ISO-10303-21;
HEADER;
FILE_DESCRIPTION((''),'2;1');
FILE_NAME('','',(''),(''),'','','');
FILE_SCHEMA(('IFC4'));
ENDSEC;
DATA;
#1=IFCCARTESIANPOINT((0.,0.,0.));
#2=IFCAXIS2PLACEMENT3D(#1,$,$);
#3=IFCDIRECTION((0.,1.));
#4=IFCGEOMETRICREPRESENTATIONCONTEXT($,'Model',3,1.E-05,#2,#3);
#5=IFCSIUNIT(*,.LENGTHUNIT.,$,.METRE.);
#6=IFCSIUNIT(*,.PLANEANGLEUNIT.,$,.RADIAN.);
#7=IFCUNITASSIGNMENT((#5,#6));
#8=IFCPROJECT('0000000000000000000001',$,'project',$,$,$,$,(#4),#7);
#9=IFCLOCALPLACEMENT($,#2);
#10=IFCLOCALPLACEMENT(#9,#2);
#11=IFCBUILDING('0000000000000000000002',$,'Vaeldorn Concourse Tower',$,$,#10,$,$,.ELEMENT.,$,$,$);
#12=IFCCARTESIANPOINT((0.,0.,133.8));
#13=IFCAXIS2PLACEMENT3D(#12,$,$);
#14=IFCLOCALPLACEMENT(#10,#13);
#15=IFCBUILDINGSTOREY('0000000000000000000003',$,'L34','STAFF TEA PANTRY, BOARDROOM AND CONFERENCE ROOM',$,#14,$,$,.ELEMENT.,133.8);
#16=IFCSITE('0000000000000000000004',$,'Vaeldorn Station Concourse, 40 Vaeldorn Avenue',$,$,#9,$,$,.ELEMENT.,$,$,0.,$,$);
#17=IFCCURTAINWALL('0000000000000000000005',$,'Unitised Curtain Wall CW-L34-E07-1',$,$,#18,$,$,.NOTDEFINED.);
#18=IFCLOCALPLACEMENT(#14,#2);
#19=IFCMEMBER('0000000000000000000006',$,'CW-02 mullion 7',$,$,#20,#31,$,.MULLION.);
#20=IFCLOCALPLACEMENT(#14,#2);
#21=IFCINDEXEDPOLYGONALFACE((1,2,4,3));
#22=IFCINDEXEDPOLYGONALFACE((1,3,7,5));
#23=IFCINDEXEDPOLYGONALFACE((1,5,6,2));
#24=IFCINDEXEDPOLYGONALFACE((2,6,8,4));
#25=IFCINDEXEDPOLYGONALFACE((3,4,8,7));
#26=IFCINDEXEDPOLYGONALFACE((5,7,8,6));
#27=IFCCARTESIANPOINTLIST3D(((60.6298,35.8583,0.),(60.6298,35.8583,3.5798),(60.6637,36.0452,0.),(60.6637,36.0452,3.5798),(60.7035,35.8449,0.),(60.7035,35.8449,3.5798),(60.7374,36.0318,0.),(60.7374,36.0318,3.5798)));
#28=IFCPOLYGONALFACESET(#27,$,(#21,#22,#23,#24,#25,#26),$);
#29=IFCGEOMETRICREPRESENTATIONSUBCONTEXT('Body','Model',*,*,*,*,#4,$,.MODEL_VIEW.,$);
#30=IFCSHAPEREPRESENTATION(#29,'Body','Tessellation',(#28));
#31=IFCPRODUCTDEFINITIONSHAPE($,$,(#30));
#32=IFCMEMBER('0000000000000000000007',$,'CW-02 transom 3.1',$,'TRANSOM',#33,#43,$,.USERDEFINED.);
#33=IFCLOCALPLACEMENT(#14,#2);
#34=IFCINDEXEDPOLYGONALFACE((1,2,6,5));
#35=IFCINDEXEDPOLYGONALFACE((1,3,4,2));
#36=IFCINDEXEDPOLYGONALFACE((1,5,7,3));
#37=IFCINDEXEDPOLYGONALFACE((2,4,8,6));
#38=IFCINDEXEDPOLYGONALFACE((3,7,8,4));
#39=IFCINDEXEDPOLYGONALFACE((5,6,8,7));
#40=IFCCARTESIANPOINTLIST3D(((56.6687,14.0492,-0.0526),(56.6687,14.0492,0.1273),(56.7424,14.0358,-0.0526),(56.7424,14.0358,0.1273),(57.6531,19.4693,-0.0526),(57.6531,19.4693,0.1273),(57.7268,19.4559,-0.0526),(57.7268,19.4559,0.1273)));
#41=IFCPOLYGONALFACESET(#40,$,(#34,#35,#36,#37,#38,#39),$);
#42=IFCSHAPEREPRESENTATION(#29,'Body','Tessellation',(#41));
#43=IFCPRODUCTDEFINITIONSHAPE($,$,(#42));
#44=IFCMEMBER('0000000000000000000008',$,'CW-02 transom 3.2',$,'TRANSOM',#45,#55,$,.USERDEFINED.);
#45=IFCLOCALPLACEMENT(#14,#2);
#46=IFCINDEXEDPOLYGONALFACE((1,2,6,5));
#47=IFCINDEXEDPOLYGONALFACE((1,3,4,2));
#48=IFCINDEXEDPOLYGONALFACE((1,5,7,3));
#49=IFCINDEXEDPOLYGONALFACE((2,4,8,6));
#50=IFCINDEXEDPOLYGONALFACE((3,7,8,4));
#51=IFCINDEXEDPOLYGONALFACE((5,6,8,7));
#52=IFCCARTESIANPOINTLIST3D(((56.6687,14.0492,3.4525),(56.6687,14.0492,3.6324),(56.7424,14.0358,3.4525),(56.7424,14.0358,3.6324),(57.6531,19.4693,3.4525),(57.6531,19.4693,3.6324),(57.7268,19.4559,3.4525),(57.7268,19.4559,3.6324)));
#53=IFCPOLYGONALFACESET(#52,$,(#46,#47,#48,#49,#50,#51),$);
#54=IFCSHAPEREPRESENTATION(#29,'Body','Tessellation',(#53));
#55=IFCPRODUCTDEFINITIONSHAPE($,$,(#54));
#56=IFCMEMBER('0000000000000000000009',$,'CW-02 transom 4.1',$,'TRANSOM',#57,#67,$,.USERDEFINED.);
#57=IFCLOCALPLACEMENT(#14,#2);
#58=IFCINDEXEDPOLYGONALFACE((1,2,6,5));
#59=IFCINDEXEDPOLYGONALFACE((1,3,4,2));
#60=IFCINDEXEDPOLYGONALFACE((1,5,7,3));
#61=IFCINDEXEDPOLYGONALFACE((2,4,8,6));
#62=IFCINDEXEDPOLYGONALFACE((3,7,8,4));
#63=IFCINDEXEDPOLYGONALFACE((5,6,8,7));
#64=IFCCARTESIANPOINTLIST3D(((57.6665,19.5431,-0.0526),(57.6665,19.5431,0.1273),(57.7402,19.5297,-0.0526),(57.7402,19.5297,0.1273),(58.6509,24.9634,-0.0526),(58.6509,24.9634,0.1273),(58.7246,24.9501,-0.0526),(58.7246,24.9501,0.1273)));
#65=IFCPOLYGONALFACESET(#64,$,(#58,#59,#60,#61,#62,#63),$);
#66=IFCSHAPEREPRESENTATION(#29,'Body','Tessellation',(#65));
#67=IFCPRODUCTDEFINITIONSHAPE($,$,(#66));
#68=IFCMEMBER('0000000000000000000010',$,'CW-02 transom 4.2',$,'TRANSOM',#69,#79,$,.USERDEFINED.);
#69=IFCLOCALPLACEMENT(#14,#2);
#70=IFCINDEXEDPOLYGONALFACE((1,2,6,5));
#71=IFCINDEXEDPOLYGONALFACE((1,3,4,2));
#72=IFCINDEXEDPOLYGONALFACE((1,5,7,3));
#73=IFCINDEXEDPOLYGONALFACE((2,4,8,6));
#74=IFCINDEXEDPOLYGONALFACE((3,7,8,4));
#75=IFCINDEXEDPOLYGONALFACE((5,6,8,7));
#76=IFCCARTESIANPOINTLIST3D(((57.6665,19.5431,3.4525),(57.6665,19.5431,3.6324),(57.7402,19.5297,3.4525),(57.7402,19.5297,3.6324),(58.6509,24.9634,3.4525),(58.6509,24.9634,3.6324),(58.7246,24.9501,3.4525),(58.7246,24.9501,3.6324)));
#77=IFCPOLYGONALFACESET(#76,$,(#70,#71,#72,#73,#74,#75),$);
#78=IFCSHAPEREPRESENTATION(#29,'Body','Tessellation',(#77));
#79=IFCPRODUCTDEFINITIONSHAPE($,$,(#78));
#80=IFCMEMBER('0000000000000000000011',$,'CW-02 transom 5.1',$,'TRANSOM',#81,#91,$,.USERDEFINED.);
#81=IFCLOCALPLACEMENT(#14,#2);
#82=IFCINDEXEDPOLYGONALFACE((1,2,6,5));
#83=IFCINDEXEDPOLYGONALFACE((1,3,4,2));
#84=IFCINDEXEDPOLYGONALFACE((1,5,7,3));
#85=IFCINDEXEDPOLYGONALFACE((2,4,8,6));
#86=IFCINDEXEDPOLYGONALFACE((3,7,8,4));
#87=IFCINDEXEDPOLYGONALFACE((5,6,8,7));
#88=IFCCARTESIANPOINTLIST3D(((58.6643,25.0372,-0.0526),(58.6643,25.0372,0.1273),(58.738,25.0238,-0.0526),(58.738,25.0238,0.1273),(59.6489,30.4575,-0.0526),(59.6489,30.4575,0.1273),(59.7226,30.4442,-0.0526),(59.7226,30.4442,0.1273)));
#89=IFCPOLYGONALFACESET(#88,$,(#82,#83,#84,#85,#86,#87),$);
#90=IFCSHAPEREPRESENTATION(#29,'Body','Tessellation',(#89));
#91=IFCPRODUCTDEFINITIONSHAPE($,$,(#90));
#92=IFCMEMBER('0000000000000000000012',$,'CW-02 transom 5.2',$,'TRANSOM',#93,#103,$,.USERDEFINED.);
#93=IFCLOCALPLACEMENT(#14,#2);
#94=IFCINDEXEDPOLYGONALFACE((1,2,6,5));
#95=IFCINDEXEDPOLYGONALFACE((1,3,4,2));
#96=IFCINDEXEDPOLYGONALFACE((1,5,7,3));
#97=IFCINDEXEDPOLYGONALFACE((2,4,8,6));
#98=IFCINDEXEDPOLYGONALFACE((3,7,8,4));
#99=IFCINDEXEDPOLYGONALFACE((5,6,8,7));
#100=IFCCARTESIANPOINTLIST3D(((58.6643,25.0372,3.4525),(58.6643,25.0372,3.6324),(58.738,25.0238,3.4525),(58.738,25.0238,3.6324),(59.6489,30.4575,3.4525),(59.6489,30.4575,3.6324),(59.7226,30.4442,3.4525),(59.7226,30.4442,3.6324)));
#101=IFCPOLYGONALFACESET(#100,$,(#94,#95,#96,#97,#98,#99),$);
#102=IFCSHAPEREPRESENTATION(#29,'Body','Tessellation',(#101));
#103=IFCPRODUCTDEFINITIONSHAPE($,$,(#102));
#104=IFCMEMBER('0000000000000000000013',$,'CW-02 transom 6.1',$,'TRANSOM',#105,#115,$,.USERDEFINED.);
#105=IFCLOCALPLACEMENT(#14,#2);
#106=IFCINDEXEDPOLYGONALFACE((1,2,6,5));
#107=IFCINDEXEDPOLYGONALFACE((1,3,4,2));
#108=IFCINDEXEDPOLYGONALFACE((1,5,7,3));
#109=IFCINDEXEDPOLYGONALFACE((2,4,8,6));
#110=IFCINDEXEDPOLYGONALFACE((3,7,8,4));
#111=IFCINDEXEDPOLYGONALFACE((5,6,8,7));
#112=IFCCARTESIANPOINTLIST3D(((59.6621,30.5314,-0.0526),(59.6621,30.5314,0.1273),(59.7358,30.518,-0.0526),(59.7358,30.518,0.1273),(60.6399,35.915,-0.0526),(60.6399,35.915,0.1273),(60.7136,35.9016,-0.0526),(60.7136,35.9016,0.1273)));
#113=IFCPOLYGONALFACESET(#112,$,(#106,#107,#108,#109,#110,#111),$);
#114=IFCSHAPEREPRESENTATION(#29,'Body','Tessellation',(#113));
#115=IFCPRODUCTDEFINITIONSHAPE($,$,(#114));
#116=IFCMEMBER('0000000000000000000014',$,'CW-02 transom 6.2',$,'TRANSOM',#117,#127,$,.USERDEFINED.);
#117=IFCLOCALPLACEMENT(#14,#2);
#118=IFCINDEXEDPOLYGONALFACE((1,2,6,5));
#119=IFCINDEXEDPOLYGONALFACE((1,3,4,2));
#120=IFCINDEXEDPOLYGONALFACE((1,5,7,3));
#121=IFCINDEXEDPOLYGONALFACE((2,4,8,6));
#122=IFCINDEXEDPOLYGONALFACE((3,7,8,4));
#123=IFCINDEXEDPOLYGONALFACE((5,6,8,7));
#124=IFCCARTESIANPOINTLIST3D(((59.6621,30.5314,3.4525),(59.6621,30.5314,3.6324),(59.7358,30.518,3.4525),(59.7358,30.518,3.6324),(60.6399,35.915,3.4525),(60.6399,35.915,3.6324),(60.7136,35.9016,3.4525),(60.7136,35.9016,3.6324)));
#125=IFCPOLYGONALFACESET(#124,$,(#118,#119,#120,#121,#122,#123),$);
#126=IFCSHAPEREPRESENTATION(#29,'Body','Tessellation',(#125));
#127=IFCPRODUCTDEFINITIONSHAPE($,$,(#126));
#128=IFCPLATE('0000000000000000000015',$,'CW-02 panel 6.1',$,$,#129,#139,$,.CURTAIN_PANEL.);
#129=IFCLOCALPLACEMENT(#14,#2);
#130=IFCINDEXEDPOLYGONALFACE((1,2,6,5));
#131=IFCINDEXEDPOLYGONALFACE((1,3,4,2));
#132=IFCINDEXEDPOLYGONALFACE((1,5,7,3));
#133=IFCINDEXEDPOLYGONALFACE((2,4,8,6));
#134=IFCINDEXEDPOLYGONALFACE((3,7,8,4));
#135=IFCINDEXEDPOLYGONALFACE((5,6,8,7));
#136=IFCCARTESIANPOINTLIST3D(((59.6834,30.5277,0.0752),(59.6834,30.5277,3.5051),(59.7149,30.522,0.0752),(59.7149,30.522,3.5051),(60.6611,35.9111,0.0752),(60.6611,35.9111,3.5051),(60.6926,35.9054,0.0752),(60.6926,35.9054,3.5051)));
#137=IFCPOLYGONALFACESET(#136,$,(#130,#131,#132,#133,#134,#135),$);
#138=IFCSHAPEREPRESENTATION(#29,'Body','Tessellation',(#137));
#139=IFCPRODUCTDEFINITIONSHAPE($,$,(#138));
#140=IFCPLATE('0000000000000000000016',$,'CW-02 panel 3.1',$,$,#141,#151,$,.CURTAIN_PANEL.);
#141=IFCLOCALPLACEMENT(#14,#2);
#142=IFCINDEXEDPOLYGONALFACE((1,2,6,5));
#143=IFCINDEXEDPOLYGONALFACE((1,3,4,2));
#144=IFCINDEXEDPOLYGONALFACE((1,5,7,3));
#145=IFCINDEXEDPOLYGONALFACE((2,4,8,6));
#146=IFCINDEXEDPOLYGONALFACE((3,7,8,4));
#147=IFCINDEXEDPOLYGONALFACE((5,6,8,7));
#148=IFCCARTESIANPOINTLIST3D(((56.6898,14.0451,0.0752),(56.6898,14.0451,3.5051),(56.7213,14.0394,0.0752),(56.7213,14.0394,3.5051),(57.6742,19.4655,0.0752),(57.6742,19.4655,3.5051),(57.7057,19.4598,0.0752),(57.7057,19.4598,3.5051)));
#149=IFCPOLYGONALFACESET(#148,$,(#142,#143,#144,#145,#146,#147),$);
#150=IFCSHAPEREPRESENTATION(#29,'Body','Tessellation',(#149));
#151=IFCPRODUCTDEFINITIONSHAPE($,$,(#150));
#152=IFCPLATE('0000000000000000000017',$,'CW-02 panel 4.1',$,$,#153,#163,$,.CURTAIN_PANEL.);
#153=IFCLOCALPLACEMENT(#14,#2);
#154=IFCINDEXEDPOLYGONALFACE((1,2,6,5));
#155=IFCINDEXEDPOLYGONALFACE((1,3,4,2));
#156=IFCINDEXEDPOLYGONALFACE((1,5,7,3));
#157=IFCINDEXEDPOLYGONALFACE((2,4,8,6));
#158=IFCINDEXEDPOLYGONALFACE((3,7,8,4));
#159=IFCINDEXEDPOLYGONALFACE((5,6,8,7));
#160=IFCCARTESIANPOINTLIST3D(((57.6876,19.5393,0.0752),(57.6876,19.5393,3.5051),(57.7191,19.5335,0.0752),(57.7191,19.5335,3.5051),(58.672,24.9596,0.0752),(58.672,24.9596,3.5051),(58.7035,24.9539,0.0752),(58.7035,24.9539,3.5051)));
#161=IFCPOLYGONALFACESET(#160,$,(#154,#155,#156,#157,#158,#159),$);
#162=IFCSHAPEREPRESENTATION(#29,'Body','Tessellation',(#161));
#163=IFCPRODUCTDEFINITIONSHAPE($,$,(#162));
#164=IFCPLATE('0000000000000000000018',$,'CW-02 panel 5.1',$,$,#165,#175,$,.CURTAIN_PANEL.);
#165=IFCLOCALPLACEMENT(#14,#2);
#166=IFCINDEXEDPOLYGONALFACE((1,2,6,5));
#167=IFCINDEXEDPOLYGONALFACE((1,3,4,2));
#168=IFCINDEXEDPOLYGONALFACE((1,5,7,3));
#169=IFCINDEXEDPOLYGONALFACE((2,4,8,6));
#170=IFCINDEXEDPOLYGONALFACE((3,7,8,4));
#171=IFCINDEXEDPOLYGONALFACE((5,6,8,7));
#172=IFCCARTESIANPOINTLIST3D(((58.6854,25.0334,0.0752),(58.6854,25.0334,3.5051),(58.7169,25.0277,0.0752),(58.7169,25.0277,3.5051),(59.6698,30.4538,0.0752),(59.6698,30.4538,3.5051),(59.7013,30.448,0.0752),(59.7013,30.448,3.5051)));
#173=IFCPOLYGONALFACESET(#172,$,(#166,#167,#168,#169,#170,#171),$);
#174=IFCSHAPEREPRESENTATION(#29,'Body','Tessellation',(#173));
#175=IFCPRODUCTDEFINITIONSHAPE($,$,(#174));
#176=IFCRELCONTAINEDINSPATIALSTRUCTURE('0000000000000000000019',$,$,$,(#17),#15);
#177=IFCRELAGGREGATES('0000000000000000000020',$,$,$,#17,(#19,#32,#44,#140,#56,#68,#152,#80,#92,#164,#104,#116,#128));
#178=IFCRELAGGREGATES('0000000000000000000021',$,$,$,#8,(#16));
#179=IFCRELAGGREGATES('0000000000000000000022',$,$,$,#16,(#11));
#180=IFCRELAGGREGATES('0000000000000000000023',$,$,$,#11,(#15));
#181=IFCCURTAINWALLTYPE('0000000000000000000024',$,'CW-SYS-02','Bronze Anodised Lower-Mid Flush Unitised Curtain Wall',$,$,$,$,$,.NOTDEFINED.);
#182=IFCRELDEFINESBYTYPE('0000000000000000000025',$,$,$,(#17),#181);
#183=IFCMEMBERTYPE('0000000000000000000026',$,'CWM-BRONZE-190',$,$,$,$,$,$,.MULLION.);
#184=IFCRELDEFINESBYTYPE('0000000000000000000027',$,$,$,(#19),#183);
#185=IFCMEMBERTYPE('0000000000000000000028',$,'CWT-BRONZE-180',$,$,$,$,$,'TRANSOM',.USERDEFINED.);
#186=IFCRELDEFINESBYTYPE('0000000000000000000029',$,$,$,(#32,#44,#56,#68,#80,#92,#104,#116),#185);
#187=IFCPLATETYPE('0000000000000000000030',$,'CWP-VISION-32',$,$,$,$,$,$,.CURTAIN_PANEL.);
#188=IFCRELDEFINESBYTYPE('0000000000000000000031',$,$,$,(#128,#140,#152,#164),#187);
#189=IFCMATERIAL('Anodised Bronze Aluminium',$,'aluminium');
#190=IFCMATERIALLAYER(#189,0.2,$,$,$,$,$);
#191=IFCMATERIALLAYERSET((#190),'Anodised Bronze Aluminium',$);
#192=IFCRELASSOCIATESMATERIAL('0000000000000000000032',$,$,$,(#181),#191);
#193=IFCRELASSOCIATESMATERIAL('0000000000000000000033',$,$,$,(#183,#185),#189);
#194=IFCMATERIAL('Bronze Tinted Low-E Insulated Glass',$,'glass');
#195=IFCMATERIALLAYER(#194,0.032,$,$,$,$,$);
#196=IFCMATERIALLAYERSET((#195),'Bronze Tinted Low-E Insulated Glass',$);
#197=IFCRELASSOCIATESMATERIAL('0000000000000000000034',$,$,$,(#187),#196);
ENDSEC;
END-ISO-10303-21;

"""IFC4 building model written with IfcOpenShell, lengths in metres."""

from ifc_helpers import new_model, si_unit, direction, frame, origin, origin_2d, place, context, subcontext, project, spatial, rectangle, extrude, source, transform, mapped, material, layer, layer_set, material_profile, profile_set, type_object, element, aggregate, save


model = new_model("IFC4")

# Units and contexts
model_context = context("Model", 3, precision=1e-05, world=origin(), true_north=direction((0.0, 1.0)))
body_context = subcontext(model_context, "Body", "Model", "MODEL_VIEW")
ifc_project = project(units=[si_unit("LENGTHUNIT", "METRE"), si_unit("PLANEANGLEUNIT", "RADIAN")], contexts=[model_context])

# Site, building, storey
site_placement = place(None, origin())
site = spatial("IfcSite", under=ifc_project, at=site_placement, Name="Vaeldorn Station Concourse, 40 Vaeldorn Avenue", CompositionType="ELEMENT", RefElevation=0.0)
building_placement = place(site_placement, origin())
building = spatial("IfcBuilding", under=site, at=building_placement, Name="Vaeldorn Concourse Tower", CompositionType="ELEMENT")
storey_placement = place(building_placement, frame((0.0, 0.0, 133.8)))
storey = spatial("IfcBuildingStorey", under=building, at=storey_placement, Name="L34", Description="STAFF TEA PANTRY, BOARDROOM AND CONFERENCE ROOM", CompositionType="ELEMENT", Elevation=133.8)

# Curtain wall, members, plates
ifc_material_1 = material(Name="Anodised Bronze Aluminium", Category="aluminium")
ifc_layer_1 = layer(ifc_material_1, 0.2)
ifc_layer_set_1 = layer_set([ifc_layer_1], Name="Anodised Bronze Aluminium")
curtain_wall_type = type_object("IfcCurtainWallType", Name="CW-SYS-02", Description="Bronze Anodised Lower-Mid Flush Unitised Curtain Wall", PredefinedType="NOTDEFINED", material=ifc_layer_set_1)
curtain_wall_placement = place(storey_placement, origin())
curtain_wall = element("IfcCurtainWall", 1, at=curtain_wall_placement, inside=storey, type_object=curtain_wall_type, Name="Unitised Curtain Wall CW-L34-E07-1", PredefinedType="NOTDEFINED")
ifc_material_profile_1 = material_profile(ifc_material_1, rectangle(XDim=0.075, YDim=0.1899, at=origin_2d()), Name="CWM 75x190")
ifc_profile_set_1 = profile_set([ifc_material_profile_1], Name="Anodised Bronze Aluminium")
member_type_1 = type_object("IfcMemberType", Name="CWM-BRONZE-190", PredefinedType="MULLION", material=ifc_profile_set_1)
shared_shape_1 = source(origin(), body_context, "Body", "SweptSolid", [
    extrude(rectangle(XDim=0.075, YDim=0.1899, at=origin_2d()), origin(), (0.0, 0.0, 1.0), 3.5798),
])
member_1_placement = place(storey_placement, frame((60.6836, 35.9451, 0.0), z_axis=(0.0, 0.0, 1.0), x_axis=(-0.983905, 0.178692, 0.0)))
member_1 = element("IfcMember", 2, at=member_1_placement, type_object=member_type_1, Name="CW-02 mullion 7", PredefinedType="MULLION", context=body_context, shape_type="MappedRepresentation", body=[
    mapped(shared_shape_1, transform((0.0, 0.0, 0.0), scale=1.0)),
])
ifc_material_profile_2 = material_profile(ifc_material_1, rectangle(XDim=0.075, YDim=0.1799, at=origin_2d()), Name="CWT 75x180")
ifc_profile_set_2 = profile_set([ifc_material_profile_2], Name="Anodised Bronze Aluminium")
member_type_2 = type_object("IfcMemberType", Name="CWT-BRONZE-180", ElementType="TRANSOM", PredefinedType="USERDEFINED", material=ifc_profile_set_2)
shared_shape_2 = source(origin(), body_context, "Body", "SweptSolid", [
    extrude(rectangle(XDim=0.075, YDim=0.1799, at=origin_2d()), origin(), (0.0, 0.0, 1.0), 5.5088),
])
member_2_placement = place(storey_placement, frame((56.7056, 14.0425, 0.0374), z_axis=(0.17869, 0.983905, 0.0), x_axis=(-0.983905, 0.17869, 0.0)))
member_2 = element("IfcMember", 3, at=member_2_placement, type_object=member_type_2, Name="CW-02 transom 3.1", ObjectType="TRANSOM", PredefinedType="USERDEFINED", context=body_context, shape_type="MappedRepresentation", body=[
    mapped(shared_shape_2, transform((0.0, 0.0, 0.0), scale=1.0)),
])
member_3_placement = place(storey_placement, frame((56.7056, 14.0425, 3.5425), z_axis=(0.17869, 0.983905, 0.0), x_axis=(-0.983905, 0.17869, 0.0)))
member_3 = element("IfcMember", 4, at=member_3_placement, type_object=member_type_2, Name="CW-02 transom 3.2", ObjectType="TRANSOM", PredefinedType="USERDEFINED", context=body_context, shape_type="MappedRepresentation", body=[
    mapped(shared_shape_2, transform((0.0, 0.0, 0.0), scale=1.0)),
])
shared_shape_3 = source(origin(), body_context, "Body", "SweptSolid", [
    extrude(rectangle(XDim=0.075, YDim=0.1799, at=origin_2d()), origin(), (0.0, 0.0, 1.0), 5.509),
])
member_4_placement = place(storey_placement, frame((57.7034, 19.5364, 0.0374), z_axis=(0.178683, 0.983907, 0.0), x_axis=(-0.983907, 0.178683, 0.0)))
member_4 = element("IfcMember", 5, at=member_4_placement, type_object=member_type_2, Name="CW-02 transom 4.1", ObjectType="TRANSOM", PredefinedType="USERDEFINED", context=body_context, shape_type="MappedRepresentation", body=[
    mapped(shared_shape_3, transform((0.0, 0.0, 0.0), scale=1.0)),
])
member_5_placement = place(storey_placement, frame((57.7034, 19.5364, 3.5425), z_axis=(0.178683, 0.983907, 0.0), x_axis=(-0.983907, 0.178683, 0.0)))
member_5 = element("IfcMember", 6, at=member_5_placement, type_object=member_type_2, Name="CW-02 transom 4.2", ObjectType="TRANSOM", PredefinedType="USERDEFINED", context=body_context, shape_type="MappedRepresentation", body=[
    mapped(shared_shape_3, transform((0.0, 0.0, 0.0), scale=1.0)),
])
member_6_placement = place(storey_placement, frame((58.7012, 25.0305, 0.0374), z_axis=(0.178726, 0.983899, 0.0), x_axis=(-0.983899, 0.178726, 0.0)))
member_6 = element("IfcMember", 7, at=member_6_placement, type_object=member_type_2, Name="CW-02 transom 5.1", ObjectType="TRANSOM", PredefinedType="USERDEFINED", context=body_context, shape_type="MappedRepresentation", body=[
    mapped(shared_shape_3, transform((0.0, 0.0, 0.0), scale=1.0)),
])
member_7_placement = place(storey_placement, frame((58.7012, 25.0305, 3.5425), z_axis=(0.178726, 0.983899, 0.0), x_axis=(-0.983899, 0.178726, 0.0)))
member_7 = element("IfcMember", 8, at=member_7_placement, type_object=member_type_2, Name="CW-02 transom 5.2", ObjectType="TRANSOM", PredefinedType="USERDEFINED", context=body_context, shape_type="MappedRepresentation", body=[
    mapped(shared_shape_3, transform((0.0, 0.0, 0.0), scale=1.0)),
])
shared_shape_4 = source(origin(), body_context, "Body", "SweptSolid", [
    extrude(rectangle(XDim=0.075, YDim=0.1799, at=origin_2d()), origin(), (0.0, 0.0, 1.0), 5.4717),
])
member_8_placement = place(storey_placement, frame((59.699, 30.5247, 0.0374), z_axis=(0.178701, 0.983903, 0.0), x_axis=(-0.983903, 0.178701, 0.0)))
member_8 = element("IfcMember", 9, at=member_8_placement, type_object=member_type_2, Name="CW-02 transom 6.1", ObjectType="TRANSOM", PredefinedType="USERDEFINED", context=body_context, shape_type="MappedRepresentation", body=[
    mapped(shared_shape_4, transform((0.0, 0.0, 0.0), scale=1.0)),
])
member_9_placement = place(storey_placement, frame((59.699, 30.5247, 3.5425), z_axis=(0.178701, 0.983903, 0.0), x_axis=(-0.983903, 0.178701, 0.0)))
member_9 = element("IfcMember", 10, at=member_9_placement, type_object=member_type_2, Name="CW-02 transom 6.2", ObjectType="TRANSOM", PredefinedType="USERDEFINED", context=body_context, shape_type="MappedRepresentation", body=[
    mapped(shared_shape_4, transform((0.0, 0.0, 0.0), scale=1.0)),
])
ifc_material_2 = material(Name="Bronze Tinted Low-E Insulated Glass", Category="glass")
ifc_layer_2 = layer(ifc_material_2, 0.032)
ifc_layer_set_2 = layer_set([ifc_layer_2], Name="Bronze Tinted Low-E Insulated Glass")
plate_type = type_object("IfcPlateType", Name="CWP-VISION-32", PredefinedType="CURTAIN_PANEL", material=ifc_layer_set_2)
shared_shape_5 = source(origin(), body_context, "Body", "SweptSolid", [
    extrude(rectangle(XDim=5.4714, YDim=0.032, at=origin_2d()), origin(), (0.0, 0.0, 1.0), 3.4299),
])
plate_1_placement = place(storey_placement, frame((60.188, 33.2166, 0.0752), z_axis=(0.0, 0.0, 1.0), x_axis=(0.178692, 0.983905, 0.0)))
plate_1 = element("IfcPlate", 11, at=plate_1_placement, type_object=plate_type, Name="CW-02 panel 6.1", PredefinedType="CURTAIN_PANEL", context=body_context, shape_type="MappedRepresentation", body=[
    mapped(shared_shape_5, transform((0.0, 0.0, 0.0), scale=1.0)),
])
shared_shape_6 = source(origin(), body_context, "Body", "SweptSolid", [
    extrude(rectangle(XDim=5.509, YDim=0.032, at=origin_2d()), origin(), (0.0, 0.0, 1.0), 3.4299),
])
plate_2_placement = place(storey_placement, frame((57.1978, 16.7524, 0.0752), z_axis=(0.0, 0.0, 1.0), x_axis=(0.178692, 0.983905, 0.0)))
plate_2 = element("IfcPlate", 12, at=plate_2_placement, type_object=plate_type, Name="CW-02 panel 3.1", PredefinedType="CURTAIN_PANEL", context=body_context, shape_type="MappedRepresentation", body=[
    mapped(shared_shape_6, transform((0.0, 0.0, 0.0), scale=1.0)),
])
plate_3_placement = place(storey_placement, frame((58.1956, 22.2466, 0.0752), z_axis=(0.0, 0.0, 1.0), x_axis=(0.178692, 0.983905, 0.0)))
plate_3 = element("IfcPlate", 13, at=plate_3_placement, type_object=plate_type, Name="CW-02 panel 4.1", PredefinedType="CURTAIN_PANEL", context=body_context, shape_type="MappedRepresentation", body=[
    mapped(shared_shape_6, transform((0.0, 0.0, 0.0), scale=1.0)),
])
plate_4_placement = place(storey_placement, frame((59.1934, 27.7407, 0.0752), z_axis=(0.0, 0.0, 1.0), x_axis=(0.178692, 0.983905, 0.0)))
plate_4 = element("IfcPlate", 14, at=plate_4_placement, type_object=plate_type, Name="CW-02 panel 5.1", PredefinedType="CURTAIN_PANEL", context=body_context, shape_type="MappedRepresentation", body=[
    mapped(shared_shape_6, transform((0.0, 0.0, 0.0), scale=1.0)),
])
aggregate(curtain_wall, [member_1, member_2, member_3, plate_2, member_4, member_5, plate_3, member_6, member_7, plate_4, member_8, member_9, plate_1])

save(model, "model.ifc")
